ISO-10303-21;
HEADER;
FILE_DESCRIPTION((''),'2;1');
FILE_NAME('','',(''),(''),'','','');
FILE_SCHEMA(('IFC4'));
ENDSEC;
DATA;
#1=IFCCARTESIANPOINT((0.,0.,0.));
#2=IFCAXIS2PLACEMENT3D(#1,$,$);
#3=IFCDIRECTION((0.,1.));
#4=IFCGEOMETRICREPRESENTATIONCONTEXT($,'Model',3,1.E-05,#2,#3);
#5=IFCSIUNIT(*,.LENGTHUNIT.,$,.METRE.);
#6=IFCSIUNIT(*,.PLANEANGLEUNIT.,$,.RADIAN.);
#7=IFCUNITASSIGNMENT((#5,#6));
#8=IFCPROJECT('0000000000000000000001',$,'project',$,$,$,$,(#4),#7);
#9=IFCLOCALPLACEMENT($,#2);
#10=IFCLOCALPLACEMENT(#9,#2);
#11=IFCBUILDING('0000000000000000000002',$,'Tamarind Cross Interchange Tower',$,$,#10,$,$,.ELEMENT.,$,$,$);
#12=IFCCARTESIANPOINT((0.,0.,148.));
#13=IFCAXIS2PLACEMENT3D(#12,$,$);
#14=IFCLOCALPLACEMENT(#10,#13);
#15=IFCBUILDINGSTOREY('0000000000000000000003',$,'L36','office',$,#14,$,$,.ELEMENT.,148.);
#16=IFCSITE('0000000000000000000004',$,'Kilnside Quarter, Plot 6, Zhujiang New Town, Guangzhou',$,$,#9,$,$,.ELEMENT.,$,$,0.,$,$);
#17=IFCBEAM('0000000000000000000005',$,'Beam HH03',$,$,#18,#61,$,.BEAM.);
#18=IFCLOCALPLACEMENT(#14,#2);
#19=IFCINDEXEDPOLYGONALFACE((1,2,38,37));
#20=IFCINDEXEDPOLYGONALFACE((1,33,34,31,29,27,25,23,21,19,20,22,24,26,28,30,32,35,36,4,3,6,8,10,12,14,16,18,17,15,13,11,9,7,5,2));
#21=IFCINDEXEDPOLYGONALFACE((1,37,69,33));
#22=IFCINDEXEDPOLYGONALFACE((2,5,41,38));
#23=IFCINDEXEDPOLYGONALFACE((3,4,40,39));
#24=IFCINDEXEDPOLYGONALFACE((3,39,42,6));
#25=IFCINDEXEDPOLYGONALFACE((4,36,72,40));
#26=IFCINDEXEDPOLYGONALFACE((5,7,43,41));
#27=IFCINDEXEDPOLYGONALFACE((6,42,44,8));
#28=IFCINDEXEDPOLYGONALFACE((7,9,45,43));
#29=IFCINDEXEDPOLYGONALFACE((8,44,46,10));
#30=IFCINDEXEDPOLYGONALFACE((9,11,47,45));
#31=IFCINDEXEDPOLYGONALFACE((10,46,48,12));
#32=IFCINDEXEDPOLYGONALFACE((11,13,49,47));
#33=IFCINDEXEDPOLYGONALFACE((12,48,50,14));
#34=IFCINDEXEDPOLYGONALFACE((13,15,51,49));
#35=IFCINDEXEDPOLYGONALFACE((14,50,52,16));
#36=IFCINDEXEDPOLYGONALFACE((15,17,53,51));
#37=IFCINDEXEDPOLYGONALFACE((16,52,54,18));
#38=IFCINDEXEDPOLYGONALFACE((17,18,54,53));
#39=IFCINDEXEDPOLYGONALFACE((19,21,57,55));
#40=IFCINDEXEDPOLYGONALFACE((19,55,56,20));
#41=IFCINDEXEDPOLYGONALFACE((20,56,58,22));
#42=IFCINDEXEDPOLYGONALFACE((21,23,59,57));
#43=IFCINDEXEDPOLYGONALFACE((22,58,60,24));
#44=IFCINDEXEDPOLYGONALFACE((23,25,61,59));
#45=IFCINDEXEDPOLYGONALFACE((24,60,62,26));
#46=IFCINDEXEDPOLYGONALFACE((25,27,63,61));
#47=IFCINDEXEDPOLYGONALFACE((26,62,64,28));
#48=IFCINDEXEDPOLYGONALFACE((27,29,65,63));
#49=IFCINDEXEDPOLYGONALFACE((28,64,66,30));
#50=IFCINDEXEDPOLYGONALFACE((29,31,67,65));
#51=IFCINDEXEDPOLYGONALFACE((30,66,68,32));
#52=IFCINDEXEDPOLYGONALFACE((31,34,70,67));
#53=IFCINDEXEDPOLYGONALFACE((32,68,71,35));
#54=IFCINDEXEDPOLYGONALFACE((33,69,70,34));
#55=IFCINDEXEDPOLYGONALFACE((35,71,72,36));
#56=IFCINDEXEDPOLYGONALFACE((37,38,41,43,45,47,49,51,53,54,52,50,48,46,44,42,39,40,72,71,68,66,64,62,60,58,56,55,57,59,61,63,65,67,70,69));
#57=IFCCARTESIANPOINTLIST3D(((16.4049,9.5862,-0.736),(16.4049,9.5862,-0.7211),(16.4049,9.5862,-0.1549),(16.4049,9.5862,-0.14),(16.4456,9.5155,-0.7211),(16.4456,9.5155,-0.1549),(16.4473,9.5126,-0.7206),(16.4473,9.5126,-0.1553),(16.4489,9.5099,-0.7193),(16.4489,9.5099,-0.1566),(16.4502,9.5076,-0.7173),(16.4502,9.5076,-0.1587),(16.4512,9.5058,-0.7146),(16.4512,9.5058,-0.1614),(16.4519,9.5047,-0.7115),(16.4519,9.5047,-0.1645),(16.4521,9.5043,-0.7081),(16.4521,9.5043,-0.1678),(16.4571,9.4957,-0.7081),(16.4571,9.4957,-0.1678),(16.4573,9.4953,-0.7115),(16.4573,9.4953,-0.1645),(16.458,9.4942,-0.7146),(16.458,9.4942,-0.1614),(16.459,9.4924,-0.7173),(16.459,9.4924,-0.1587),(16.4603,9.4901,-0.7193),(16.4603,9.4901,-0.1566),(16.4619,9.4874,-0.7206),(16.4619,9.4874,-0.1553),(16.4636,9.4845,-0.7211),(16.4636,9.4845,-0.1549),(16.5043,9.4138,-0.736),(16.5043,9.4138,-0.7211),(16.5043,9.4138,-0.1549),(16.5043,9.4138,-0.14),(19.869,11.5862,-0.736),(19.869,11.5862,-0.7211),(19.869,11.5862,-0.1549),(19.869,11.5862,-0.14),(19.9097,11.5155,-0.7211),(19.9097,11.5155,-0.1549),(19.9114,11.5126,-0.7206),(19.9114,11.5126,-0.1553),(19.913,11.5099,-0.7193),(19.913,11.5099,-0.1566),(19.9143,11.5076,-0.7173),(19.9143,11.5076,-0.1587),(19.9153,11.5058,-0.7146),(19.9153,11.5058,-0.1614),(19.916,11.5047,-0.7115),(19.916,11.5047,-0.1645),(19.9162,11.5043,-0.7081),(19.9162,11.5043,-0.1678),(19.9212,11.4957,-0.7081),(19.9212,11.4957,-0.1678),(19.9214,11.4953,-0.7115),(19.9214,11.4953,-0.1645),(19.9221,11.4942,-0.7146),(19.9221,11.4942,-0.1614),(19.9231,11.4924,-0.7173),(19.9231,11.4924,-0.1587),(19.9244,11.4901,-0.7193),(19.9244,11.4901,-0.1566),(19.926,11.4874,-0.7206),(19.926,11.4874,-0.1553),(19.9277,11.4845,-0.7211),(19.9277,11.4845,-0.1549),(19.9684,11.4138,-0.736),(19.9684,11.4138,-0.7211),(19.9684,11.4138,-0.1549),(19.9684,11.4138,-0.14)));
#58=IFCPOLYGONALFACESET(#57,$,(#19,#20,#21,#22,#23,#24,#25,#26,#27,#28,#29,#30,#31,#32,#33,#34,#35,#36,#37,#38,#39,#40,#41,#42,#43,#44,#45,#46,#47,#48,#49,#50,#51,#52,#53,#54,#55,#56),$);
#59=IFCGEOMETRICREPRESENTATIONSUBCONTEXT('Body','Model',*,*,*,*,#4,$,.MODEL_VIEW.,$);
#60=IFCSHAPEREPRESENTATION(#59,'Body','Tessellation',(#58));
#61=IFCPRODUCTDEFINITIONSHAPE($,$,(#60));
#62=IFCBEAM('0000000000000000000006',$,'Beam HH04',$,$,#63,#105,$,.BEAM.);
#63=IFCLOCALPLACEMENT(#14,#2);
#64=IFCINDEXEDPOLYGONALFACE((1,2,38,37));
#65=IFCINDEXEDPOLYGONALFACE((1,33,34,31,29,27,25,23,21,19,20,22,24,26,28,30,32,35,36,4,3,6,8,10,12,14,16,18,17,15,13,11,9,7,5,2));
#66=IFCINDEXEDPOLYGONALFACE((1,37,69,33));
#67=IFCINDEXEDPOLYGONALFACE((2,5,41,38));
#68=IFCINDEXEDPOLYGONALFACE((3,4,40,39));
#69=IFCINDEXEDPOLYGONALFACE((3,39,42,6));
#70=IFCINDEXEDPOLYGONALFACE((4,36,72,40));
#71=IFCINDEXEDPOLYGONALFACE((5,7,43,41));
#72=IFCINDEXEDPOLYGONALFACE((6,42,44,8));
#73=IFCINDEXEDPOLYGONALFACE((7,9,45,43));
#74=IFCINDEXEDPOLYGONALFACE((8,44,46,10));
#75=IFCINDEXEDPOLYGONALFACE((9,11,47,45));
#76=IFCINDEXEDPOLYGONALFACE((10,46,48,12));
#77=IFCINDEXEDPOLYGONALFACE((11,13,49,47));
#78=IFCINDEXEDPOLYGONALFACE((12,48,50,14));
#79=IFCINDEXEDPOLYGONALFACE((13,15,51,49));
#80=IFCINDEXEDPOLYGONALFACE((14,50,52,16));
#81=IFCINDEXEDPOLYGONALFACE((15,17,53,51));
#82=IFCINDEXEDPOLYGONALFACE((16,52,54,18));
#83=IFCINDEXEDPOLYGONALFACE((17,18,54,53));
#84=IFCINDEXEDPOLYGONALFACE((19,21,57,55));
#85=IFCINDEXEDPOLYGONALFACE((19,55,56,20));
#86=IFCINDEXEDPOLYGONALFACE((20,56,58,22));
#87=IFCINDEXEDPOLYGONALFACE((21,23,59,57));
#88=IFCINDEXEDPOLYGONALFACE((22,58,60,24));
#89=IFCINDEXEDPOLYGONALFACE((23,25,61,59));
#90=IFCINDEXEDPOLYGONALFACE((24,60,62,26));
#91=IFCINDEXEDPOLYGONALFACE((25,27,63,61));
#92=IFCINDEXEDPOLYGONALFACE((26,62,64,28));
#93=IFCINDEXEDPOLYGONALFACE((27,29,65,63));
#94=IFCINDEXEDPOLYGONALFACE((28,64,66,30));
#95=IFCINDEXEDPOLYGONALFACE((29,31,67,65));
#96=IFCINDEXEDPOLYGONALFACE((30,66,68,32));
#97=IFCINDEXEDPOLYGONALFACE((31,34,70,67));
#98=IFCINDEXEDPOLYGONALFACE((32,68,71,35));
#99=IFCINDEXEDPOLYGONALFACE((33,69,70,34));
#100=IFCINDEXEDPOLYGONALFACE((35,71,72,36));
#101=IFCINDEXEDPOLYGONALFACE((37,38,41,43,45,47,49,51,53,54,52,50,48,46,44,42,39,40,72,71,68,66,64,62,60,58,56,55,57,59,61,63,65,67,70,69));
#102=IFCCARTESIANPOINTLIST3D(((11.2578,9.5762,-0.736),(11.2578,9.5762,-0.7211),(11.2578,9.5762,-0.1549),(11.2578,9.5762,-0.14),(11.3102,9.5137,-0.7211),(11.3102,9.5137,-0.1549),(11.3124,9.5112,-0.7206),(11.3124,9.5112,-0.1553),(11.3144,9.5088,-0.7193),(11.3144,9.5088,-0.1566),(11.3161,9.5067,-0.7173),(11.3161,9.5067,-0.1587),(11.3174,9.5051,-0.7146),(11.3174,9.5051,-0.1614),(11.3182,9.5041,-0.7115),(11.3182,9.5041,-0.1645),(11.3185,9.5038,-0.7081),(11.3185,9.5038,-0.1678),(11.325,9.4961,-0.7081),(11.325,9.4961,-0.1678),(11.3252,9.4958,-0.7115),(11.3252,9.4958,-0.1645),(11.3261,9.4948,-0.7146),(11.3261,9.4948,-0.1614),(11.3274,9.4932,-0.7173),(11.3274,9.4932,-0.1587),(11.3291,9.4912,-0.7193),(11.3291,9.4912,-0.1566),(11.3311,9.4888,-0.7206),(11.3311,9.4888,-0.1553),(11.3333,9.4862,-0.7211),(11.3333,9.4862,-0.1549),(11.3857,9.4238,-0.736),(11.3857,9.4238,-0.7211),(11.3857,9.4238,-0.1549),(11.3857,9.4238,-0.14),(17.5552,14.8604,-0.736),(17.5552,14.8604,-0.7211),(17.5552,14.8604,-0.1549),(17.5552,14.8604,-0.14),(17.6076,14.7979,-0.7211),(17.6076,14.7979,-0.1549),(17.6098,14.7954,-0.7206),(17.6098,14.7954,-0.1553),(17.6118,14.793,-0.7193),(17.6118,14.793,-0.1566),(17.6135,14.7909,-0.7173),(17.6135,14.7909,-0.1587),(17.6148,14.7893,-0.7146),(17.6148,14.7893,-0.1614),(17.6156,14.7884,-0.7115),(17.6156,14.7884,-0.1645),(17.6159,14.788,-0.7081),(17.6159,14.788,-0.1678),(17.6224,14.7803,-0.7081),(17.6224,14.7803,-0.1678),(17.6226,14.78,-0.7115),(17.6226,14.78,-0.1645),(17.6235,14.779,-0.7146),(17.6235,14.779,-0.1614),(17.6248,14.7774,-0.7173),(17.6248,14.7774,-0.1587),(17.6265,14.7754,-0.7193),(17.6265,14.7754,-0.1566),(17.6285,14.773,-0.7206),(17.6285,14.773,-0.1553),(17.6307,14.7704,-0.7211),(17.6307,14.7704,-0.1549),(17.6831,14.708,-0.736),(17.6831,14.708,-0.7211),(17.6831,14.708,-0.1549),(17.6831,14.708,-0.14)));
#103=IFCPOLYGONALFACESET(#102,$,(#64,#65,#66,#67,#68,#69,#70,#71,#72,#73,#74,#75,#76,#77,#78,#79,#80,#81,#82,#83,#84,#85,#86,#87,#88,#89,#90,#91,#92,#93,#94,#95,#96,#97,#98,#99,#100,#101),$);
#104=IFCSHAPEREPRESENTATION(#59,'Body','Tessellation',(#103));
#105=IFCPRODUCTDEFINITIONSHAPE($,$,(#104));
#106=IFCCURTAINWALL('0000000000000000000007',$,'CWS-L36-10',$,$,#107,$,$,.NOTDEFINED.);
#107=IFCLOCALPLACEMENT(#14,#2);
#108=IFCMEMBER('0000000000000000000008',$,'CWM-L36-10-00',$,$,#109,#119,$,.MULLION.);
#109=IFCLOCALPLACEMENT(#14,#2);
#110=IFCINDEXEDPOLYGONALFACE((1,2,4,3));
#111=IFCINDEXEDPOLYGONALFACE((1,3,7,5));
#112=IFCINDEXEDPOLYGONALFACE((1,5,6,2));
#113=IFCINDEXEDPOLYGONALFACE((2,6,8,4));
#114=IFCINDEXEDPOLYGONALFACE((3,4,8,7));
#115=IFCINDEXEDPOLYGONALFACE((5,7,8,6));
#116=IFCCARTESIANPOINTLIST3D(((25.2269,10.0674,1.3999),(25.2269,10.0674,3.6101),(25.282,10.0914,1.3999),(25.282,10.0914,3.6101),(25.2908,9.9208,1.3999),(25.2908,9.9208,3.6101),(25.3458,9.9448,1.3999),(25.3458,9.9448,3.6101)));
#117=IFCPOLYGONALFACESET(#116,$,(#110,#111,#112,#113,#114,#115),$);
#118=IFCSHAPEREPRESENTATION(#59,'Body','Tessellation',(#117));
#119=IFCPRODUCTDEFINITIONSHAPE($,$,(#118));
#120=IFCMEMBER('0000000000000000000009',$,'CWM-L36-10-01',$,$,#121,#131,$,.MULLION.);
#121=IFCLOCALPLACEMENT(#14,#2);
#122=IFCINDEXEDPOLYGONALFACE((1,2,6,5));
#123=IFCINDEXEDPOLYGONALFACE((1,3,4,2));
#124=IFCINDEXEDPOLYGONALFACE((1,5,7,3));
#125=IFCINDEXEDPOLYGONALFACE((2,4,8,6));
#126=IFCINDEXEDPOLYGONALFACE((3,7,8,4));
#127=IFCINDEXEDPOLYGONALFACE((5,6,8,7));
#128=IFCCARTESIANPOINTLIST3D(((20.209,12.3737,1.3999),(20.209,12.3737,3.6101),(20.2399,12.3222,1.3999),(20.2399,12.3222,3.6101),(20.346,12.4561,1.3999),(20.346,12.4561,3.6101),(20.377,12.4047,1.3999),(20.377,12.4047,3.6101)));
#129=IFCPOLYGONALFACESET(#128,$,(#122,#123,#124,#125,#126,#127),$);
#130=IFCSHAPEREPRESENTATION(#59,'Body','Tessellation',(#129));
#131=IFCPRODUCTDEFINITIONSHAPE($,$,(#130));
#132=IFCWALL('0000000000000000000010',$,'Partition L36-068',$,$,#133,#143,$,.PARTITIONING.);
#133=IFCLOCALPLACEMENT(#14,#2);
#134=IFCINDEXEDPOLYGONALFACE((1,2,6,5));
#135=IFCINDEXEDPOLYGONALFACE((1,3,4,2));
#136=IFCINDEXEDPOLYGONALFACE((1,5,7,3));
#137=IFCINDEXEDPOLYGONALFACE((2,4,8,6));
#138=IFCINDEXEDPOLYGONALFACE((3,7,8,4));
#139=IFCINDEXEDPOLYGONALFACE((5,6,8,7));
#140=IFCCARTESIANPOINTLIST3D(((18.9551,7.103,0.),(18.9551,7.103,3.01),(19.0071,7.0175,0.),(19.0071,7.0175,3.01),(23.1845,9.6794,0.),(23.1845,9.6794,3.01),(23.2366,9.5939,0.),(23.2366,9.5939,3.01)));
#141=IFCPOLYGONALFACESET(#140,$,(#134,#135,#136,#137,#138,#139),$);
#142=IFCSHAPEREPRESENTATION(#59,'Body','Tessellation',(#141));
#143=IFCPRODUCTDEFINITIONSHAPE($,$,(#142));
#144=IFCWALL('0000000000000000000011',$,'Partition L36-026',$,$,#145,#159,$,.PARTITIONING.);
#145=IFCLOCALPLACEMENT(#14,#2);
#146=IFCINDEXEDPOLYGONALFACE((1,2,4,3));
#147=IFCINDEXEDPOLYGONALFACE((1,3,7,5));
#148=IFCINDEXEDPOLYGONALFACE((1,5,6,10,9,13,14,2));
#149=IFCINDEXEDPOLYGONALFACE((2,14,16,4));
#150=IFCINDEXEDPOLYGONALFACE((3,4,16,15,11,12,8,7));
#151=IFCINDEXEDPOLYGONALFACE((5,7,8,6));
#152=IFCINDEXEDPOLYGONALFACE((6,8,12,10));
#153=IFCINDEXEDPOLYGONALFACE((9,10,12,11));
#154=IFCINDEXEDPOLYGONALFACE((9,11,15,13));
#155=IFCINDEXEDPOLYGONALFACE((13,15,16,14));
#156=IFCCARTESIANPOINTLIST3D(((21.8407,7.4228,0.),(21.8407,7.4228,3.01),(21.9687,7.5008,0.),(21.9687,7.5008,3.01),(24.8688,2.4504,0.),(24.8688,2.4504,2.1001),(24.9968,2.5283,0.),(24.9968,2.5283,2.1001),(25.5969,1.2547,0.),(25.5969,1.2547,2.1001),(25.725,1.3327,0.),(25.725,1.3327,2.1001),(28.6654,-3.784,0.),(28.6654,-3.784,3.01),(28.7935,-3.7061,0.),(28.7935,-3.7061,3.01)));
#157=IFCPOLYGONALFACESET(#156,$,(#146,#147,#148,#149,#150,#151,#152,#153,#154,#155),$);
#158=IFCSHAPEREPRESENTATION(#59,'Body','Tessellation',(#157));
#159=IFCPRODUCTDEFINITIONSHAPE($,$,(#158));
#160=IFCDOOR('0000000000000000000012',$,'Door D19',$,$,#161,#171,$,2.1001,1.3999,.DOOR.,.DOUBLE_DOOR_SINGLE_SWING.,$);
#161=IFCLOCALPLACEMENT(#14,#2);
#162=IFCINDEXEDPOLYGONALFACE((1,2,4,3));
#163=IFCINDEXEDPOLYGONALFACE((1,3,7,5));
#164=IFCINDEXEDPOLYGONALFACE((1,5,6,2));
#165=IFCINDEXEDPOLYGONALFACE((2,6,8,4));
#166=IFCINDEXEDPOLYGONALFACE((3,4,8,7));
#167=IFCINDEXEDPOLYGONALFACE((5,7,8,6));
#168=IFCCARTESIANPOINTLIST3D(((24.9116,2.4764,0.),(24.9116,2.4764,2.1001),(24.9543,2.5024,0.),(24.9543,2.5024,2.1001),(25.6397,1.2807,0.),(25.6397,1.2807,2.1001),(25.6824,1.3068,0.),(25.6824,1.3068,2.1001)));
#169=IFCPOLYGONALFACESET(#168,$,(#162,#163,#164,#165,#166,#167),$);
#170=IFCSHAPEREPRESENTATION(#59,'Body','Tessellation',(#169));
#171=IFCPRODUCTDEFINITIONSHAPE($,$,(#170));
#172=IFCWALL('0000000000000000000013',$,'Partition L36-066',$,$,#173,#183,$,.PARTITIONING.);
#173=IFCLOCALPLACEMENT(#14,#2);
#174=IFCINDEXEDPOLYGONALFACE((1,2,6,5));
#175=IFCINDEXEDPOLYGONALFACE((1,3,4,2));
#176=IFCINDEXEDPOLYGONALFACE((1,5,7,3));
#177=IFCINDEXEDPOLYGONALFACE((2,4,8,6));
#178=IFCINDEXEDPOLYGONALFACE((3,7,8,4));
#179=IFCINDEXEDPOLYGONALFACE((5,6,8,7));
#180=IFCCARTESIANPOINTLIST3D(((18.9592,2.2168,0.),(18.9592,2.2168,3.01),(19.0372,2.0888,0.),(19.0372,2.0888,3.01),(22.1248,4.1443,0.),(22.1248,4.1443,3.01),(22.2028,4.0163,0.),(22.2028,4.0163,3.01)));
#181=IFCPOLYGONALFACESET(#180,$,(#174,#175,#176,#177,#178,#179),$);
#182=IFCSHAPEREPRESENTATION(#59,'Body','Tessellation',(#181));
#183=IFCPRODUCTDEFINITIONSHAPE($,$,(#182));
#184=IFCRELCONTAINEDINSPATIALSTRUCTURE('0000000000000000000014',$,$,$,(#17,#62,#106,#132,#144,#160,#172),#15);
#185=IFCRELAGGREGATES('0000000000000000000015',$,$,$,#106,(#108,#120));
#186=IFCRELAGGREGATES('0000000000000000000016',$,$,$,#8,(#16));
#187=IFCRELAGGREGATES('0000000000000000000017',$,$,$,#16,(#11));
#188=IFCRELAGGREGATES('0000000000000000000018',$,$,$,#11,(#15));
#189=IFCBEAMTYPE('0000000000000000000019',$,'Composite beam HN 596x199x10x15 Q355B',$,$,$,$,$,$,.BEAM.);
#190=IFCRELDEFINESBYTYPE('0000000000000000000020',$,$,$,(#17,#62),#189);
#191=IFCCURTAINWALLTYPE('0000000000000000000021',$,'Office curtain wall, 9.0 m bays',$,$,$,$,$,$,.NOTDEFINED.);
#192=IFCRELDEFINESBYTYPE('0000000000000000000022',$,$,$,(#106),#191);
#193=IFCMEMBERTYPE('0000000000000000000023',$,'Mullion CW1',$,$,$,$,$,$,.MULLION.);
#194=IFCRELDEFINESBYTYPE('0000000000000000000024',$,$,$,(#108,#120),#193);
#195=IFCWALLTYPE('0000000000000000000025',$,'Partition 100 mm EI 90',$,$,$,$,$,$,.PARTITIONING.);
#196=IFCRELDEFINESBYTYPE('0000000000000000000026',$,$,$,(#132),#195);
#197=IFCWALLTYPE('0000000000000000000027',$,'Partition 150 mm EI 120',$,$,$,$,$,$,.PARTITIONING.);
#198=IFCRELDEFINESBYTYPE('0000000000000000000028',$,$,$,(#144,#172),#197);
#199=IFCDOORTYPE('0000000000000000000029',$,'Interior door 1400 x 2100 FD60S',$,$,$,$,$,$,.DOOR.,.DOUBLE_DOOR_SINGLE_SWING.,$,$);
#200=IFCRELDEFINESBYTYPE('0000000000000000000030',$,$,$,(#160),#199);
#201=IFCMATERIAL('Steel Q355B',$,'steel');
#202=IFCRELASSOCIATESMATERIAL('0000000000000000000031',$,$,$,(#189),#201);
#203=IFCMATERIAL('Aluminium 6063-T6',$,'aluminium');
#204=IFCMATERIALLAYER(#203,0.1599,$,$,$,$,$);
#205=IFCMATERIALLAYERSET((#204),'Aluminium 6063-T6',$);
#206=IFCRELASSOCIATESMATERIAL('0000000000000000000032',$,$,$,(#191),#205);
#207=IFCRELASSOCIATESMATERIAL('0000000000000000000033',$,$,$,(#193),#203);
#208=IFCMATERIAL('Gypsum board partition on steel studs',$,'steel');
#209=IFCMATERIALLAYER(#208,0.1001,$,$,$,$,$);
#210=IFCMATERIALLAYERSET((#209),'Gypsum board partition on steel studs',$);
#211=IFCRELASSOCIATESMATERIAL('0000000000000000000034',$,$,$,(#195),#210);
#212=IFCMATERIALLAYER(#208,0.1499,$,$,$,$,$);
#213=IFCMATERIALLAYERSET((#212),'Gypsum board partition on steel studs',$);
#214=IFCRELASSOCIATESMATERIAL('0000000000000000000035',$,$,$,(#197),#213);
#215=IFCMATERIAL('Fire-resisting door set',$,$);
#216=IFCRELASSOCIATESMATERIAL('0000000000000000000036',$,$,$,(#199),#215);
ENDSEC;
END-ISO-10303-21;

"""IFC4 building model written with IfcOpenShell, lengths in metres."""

from ifc_helpers import new_model, si_unit, direction, frame, frame_2d, origin, origin_2d, place, context, subcontext, project, spatial, rectangle, i_section, extrude, material, layer, layer_set, material_profile, profile_set, type_object, element, fill, aggregate, save


model = new_model("IFC4")

# Units and contexts
model_context = context("Model", 3, precision=1e-05, world=origin(), true_north=direction((0.0, 1.0)))
body_context = subcontext(model_context, "Body", "Model", "MODEL_VIEW")
ifc_project = project(units=[si_unit("LENGTHUNIT", "METRE"), si_unit("PLANEANGLEUNIT", "RADIAN")], contexts=[model_context])

# Site, building, storey
site_placement = place(None, origin())
site = spatial("IfcSite", under=ifc_project, at=site_placement, Name="Kilnside Quarter, Plot 6, Zhujiang New Town, Guangzhou", CompositionType="ELEMENT", RefElevation=0.0)
building_placement = place(site_placement, origin())
building = spatial("IfcBuilding", under=site, at=building_placement, Name="Tamarind Cross Interchange Tower", CompositionType="ELEMENT")
storey_placement = place(building_placement, frame((0.0, 0.0, 148.0)))
storey = spatial("IfcBuildingStorey", under=building, at=storey_placement, Name="L36", Description="office", CompositionType="ELEMENT", Elevation=148.0)

# Beams
ifc_material_1 = material(Name="Steel Q355B", Category="steel")
ifc_material_profile_1 = material_profile(ifc_material_1, i_section(OverallWidth=0.199, OverallDepth=0.5959, WebThickness=0.01, FlangeThickness=0.0149, FilletRadius=0.0129, at=origin_2d()), Name="HN 596x199x10x15")
ifc_profile_set_1 = profile_set([ifc_material_profile_1], Name="Steel Q355B")
beam_type_1 = type_object("IfcBeamType", Name="Composite beam HN 596x199x10x15 Q355B", PredefinedType="BEAM", material=ifc_profile_set_1)
beam_1_placement = place(storey_placement, frame((19.9187, 11.5, -0.438), z_axis=(-0.866026, -0.499999, 0.0), x_axis=(0.499999, -0.866026, 0.0)))
element("IfcBeam", 1, at=beam_1_placement, inside=storey, type_object=beam_type_1, Name="Beam HH03", PredefinedType="BEAM", context=body_context, shape_type="SweptSolid", body=[
    extrude(i_section(OverallWidth=0.199, OverallDepth=0.5959, WebThickness=0.01, FlangeThickness=0.0149, FilletRadius=0.0129, at=origin_2d()), origin(), (0.0, 0.0, 1.0), 4.0),
])
beam_2_placement = place(storey_placement, frame((17.6191, 14.7842, -0.438), z_axis=(-0.766041, -0.642792, 0.0), x_axis=(0.642792, -0.766041, 0.0)))
element("IfcBeam", 2, at=beam_2_placement, inside=storey, type_object=beam_type_1, Name="Beam HH04", PredefinedType="BEAM", context=body_context, shape_type="SweptSolid", body=[
    extrude(i_section(OverallWidth=0.199, OverallDepth=0.5959, WebThickness=0.01, FlangeThickness=0.0149, FilletRadius=0.0129, at=origin_2d()), origin(), (0.0, 0.0, 1.0), 8.2207),
])

# Curtain wall, members
ifc_material_2 = material(Name="Aluminium 6063-T6", Category="aluminium")
ifc_layer_1 = layer(ifc_material_2, 0.1599)
ifc_layer_set_1 = layer_set([ifc_layer_1], Name="Aluminium 6063-T6")
curtain_wall_type = type_object("IfcCurtainWallType", Name="Office curtain wall, 9.0 m bays", PredefinedType="NOTDEFINED", material=ifc_layer_set_1)
curtain_wall_placement = place(storey_placement, origin())
curtain_wall = element("IfcCurtainWall", 3, at=curtain_wall_placement, inside=storey, type_object=curtain_wall_type, Name="CWS-L36-10", PredefinedType="NOTDEFINED")
ifc_material_profile_2 = material_profile(ifc_material_2, rectangle(XDim=0.0601, YDim=0.1599, at=origin_2d()), Name="Mullion CW1")
ifc_profile_set_2 = profile_set([ifc_material_profile_2], Name="Aluminium 6063-T6")
member_type = type_object("IfcMemberType", Name="Mullion CW1", PredefinedType="MULLION", material=ifc_profile_set_2)
member_1_placement = place(storey_placement, frame((25.2864, 10.0061, 1.3999), z_axis=(0.0, 0.0, 1.0), x_axis=(-0.916769, -0.399417, 0.0)))
member_1 = element("IfcMember", 4, at=member_1_placement, type_object=member_type, Name="CWM-L36-10-00", PredefinedType="MULLION", context=body_context, shape_type="SweptSolid", body=[
    extrude(rectangle(XDim=0.0601, YDim=0.1599, at=origin_2d()), origin(), (0.0, 0.0, 1.0), 2.2102),
])
member_2_placement = place(storey_placement, frame((20.293, 12.3892, 1.3999), z_axis=(0.0, 0.0, 1.0), x_axis=(-0.515577, 0.856843, 0.0)))
member_2 = element("IfcMember", 5, at=member_2_placement, type_object=member_type, Name="CWM-L36-10-01", PredefinedType="MULLION", context=body_context, shape_type="SweptSolid", body=[
    extrude(rectangle(XDim=0.0601, YDim=0.1599, at=origin_2d()), origin(), (0.0, 0.0, 1.0), 2.2102),
])
aggregate(curtain_wall, [member_1, member_2])

# Wall
ifc_material_3 = material(Name="Gypsum board partition on steel studs", Category="steel")
ifc_layer_2 = layer(ifc_material_3, 0.1001)
ifc_layer_set_2 = layer_set([ifc_layer_2], Name="Gypsum board partition on steel studs")
wall_type_1 = type_object("IfcWallType", Name="Partition 100 mm EI 90", PredefinedType="PARTITIONING", material=ifc_layer_set_2)
wall_1_placement = place(storey_placement, frame((18.9812, 7.0603, 0.0), z_axis=(0.0, 0.0, 1.0), x_axis=(0.854024, 0.520233, 0.0)))
element("IfcWall", 6, at=wall_1_placement, inside=storey, type_object=wall_type_1, Name="Partition L36-068", PredefinedType="PARTITIONING", context=body_context, shape_type="SweptSolid", body=[
    extrude(rectangle(XDim=4.9524, YDim=0.1001, at=frame_2d((2.4761, 0.0))), origin(), (0.0, 0.0, 1.0), 3.01),
])

# Wall, opening, door
ifc_layer_3 = layer(ifc_material_3, 0.1499)
ifc_layer_set_3 = layer_set([ifc_layer_3], Name="Gypsum board partition on steel studs")
wall_type_2 = type_object("IfcWallType", Name="Partition 150 mm EI 120", PredefinedType="PARTITIONING", material=ifc_layer_set_3)
wall_2_placement = place(storey_placement, frame((21.9048, 7.4617, 0.0), z_axis=(0.0, 0.0, 1.0), x_axis=(0.520124, -0.854091, 0.0)))
wall_2 = element("IfcWall", 7, at=wall_2_placement, inside=storey, type_object=wall_type_2, Name="Partition L36-026", PredefinedType="PARTITIONING", context=body_context, shape_type="SweptSolid", body=[
    extrude(rectangle(XDim=13.1213, YDim=0.1499, at=frame_2d((6.5605, 0.0))), origin(), (0.0, 0.0, 1.0), 3.01),
])
opening_1_placement = place(wall_2_placement, frame((5.8218, 0.0, 0.0)))
opening_1 = element("IfcOpeningElement", 8, at=opening_1_placement, cuts=wall_2, PredefinedType="OPENING", context=body_context, shape_type="SweptSolid", body=[
    extrude(rectangle(XDim=1.3999, YDim=2.1001, at=frame_2d((0.7, 1.05))), frame((0.0, 0.085, 0.0), z_axis=(0.0, -1.0, 0.0), x_axis=(1.0, 0.0, 0.0)), (0.0, 0.0, 1.0), 0.1699),
])
ifc_material_4 = material(Name="Fire-resisting door set")
door_type_1 = type_object("IfcDoorType", Name="Interior door 1400 x 2100 FD60S", OperationType="DOUBLE_DOOR_SINGLE_SWING", PredefinedType="DOOR", material=ifc_material_4)
door_1_placement = place(opening_1_placement, frame((1.3999, 0.0, 0.0), z_axis=(0.0, 0.0, 1.0), x_axis=(-1.0, 0.0, 0.0)))
door_1 = element("IfcDoor", 9, at=door_1_placement, inside=storey, type_object=door_type_1, Name="Door D19", OperationType="DOUBLE_DOOR_SINGLE_SWING", OverallHeight=2.1001, OverallWidth=1.3999, PredefinedType="DOOR", context=body_context, shape_type="SweptSolid", body=[
    extrude(rectangle(XDim=1.3999, YDim=2.1001, at=frame_2d((0.7, 1.05))), frame((0.0, 0.0249, 0.0), z_axis=(0.0, -1.0, 0.0), x_axis=(1.0, 0.0, 0.0)), (0.0, 0.0, 1.0), 0.05),
])
fill(opening_1, door_1)

# Wall
wall_3_placement = place(storey_placement, frame((18.9983, 2.1528, 0.0), z_axis=(0.0, 0.0, 1.0), x_axis=(0.854121, 0.520074, 0.0)))
element("IfcWall", 10, at=wall_3_placement, inside=storey, type_object=wall_type_2, Name="Partition L36-066", PredefinedType="PARTITIONING", context=body_context, shape_type="SweptSolid", body=[
    extrude(rectangle(XDim=3.7063, YDim=0.1499, at=frame_2d((1.853, 0.0))), origin(), (0.0, 0.0, 1.0), 3.01),
])

save(model, "model.ifc")
